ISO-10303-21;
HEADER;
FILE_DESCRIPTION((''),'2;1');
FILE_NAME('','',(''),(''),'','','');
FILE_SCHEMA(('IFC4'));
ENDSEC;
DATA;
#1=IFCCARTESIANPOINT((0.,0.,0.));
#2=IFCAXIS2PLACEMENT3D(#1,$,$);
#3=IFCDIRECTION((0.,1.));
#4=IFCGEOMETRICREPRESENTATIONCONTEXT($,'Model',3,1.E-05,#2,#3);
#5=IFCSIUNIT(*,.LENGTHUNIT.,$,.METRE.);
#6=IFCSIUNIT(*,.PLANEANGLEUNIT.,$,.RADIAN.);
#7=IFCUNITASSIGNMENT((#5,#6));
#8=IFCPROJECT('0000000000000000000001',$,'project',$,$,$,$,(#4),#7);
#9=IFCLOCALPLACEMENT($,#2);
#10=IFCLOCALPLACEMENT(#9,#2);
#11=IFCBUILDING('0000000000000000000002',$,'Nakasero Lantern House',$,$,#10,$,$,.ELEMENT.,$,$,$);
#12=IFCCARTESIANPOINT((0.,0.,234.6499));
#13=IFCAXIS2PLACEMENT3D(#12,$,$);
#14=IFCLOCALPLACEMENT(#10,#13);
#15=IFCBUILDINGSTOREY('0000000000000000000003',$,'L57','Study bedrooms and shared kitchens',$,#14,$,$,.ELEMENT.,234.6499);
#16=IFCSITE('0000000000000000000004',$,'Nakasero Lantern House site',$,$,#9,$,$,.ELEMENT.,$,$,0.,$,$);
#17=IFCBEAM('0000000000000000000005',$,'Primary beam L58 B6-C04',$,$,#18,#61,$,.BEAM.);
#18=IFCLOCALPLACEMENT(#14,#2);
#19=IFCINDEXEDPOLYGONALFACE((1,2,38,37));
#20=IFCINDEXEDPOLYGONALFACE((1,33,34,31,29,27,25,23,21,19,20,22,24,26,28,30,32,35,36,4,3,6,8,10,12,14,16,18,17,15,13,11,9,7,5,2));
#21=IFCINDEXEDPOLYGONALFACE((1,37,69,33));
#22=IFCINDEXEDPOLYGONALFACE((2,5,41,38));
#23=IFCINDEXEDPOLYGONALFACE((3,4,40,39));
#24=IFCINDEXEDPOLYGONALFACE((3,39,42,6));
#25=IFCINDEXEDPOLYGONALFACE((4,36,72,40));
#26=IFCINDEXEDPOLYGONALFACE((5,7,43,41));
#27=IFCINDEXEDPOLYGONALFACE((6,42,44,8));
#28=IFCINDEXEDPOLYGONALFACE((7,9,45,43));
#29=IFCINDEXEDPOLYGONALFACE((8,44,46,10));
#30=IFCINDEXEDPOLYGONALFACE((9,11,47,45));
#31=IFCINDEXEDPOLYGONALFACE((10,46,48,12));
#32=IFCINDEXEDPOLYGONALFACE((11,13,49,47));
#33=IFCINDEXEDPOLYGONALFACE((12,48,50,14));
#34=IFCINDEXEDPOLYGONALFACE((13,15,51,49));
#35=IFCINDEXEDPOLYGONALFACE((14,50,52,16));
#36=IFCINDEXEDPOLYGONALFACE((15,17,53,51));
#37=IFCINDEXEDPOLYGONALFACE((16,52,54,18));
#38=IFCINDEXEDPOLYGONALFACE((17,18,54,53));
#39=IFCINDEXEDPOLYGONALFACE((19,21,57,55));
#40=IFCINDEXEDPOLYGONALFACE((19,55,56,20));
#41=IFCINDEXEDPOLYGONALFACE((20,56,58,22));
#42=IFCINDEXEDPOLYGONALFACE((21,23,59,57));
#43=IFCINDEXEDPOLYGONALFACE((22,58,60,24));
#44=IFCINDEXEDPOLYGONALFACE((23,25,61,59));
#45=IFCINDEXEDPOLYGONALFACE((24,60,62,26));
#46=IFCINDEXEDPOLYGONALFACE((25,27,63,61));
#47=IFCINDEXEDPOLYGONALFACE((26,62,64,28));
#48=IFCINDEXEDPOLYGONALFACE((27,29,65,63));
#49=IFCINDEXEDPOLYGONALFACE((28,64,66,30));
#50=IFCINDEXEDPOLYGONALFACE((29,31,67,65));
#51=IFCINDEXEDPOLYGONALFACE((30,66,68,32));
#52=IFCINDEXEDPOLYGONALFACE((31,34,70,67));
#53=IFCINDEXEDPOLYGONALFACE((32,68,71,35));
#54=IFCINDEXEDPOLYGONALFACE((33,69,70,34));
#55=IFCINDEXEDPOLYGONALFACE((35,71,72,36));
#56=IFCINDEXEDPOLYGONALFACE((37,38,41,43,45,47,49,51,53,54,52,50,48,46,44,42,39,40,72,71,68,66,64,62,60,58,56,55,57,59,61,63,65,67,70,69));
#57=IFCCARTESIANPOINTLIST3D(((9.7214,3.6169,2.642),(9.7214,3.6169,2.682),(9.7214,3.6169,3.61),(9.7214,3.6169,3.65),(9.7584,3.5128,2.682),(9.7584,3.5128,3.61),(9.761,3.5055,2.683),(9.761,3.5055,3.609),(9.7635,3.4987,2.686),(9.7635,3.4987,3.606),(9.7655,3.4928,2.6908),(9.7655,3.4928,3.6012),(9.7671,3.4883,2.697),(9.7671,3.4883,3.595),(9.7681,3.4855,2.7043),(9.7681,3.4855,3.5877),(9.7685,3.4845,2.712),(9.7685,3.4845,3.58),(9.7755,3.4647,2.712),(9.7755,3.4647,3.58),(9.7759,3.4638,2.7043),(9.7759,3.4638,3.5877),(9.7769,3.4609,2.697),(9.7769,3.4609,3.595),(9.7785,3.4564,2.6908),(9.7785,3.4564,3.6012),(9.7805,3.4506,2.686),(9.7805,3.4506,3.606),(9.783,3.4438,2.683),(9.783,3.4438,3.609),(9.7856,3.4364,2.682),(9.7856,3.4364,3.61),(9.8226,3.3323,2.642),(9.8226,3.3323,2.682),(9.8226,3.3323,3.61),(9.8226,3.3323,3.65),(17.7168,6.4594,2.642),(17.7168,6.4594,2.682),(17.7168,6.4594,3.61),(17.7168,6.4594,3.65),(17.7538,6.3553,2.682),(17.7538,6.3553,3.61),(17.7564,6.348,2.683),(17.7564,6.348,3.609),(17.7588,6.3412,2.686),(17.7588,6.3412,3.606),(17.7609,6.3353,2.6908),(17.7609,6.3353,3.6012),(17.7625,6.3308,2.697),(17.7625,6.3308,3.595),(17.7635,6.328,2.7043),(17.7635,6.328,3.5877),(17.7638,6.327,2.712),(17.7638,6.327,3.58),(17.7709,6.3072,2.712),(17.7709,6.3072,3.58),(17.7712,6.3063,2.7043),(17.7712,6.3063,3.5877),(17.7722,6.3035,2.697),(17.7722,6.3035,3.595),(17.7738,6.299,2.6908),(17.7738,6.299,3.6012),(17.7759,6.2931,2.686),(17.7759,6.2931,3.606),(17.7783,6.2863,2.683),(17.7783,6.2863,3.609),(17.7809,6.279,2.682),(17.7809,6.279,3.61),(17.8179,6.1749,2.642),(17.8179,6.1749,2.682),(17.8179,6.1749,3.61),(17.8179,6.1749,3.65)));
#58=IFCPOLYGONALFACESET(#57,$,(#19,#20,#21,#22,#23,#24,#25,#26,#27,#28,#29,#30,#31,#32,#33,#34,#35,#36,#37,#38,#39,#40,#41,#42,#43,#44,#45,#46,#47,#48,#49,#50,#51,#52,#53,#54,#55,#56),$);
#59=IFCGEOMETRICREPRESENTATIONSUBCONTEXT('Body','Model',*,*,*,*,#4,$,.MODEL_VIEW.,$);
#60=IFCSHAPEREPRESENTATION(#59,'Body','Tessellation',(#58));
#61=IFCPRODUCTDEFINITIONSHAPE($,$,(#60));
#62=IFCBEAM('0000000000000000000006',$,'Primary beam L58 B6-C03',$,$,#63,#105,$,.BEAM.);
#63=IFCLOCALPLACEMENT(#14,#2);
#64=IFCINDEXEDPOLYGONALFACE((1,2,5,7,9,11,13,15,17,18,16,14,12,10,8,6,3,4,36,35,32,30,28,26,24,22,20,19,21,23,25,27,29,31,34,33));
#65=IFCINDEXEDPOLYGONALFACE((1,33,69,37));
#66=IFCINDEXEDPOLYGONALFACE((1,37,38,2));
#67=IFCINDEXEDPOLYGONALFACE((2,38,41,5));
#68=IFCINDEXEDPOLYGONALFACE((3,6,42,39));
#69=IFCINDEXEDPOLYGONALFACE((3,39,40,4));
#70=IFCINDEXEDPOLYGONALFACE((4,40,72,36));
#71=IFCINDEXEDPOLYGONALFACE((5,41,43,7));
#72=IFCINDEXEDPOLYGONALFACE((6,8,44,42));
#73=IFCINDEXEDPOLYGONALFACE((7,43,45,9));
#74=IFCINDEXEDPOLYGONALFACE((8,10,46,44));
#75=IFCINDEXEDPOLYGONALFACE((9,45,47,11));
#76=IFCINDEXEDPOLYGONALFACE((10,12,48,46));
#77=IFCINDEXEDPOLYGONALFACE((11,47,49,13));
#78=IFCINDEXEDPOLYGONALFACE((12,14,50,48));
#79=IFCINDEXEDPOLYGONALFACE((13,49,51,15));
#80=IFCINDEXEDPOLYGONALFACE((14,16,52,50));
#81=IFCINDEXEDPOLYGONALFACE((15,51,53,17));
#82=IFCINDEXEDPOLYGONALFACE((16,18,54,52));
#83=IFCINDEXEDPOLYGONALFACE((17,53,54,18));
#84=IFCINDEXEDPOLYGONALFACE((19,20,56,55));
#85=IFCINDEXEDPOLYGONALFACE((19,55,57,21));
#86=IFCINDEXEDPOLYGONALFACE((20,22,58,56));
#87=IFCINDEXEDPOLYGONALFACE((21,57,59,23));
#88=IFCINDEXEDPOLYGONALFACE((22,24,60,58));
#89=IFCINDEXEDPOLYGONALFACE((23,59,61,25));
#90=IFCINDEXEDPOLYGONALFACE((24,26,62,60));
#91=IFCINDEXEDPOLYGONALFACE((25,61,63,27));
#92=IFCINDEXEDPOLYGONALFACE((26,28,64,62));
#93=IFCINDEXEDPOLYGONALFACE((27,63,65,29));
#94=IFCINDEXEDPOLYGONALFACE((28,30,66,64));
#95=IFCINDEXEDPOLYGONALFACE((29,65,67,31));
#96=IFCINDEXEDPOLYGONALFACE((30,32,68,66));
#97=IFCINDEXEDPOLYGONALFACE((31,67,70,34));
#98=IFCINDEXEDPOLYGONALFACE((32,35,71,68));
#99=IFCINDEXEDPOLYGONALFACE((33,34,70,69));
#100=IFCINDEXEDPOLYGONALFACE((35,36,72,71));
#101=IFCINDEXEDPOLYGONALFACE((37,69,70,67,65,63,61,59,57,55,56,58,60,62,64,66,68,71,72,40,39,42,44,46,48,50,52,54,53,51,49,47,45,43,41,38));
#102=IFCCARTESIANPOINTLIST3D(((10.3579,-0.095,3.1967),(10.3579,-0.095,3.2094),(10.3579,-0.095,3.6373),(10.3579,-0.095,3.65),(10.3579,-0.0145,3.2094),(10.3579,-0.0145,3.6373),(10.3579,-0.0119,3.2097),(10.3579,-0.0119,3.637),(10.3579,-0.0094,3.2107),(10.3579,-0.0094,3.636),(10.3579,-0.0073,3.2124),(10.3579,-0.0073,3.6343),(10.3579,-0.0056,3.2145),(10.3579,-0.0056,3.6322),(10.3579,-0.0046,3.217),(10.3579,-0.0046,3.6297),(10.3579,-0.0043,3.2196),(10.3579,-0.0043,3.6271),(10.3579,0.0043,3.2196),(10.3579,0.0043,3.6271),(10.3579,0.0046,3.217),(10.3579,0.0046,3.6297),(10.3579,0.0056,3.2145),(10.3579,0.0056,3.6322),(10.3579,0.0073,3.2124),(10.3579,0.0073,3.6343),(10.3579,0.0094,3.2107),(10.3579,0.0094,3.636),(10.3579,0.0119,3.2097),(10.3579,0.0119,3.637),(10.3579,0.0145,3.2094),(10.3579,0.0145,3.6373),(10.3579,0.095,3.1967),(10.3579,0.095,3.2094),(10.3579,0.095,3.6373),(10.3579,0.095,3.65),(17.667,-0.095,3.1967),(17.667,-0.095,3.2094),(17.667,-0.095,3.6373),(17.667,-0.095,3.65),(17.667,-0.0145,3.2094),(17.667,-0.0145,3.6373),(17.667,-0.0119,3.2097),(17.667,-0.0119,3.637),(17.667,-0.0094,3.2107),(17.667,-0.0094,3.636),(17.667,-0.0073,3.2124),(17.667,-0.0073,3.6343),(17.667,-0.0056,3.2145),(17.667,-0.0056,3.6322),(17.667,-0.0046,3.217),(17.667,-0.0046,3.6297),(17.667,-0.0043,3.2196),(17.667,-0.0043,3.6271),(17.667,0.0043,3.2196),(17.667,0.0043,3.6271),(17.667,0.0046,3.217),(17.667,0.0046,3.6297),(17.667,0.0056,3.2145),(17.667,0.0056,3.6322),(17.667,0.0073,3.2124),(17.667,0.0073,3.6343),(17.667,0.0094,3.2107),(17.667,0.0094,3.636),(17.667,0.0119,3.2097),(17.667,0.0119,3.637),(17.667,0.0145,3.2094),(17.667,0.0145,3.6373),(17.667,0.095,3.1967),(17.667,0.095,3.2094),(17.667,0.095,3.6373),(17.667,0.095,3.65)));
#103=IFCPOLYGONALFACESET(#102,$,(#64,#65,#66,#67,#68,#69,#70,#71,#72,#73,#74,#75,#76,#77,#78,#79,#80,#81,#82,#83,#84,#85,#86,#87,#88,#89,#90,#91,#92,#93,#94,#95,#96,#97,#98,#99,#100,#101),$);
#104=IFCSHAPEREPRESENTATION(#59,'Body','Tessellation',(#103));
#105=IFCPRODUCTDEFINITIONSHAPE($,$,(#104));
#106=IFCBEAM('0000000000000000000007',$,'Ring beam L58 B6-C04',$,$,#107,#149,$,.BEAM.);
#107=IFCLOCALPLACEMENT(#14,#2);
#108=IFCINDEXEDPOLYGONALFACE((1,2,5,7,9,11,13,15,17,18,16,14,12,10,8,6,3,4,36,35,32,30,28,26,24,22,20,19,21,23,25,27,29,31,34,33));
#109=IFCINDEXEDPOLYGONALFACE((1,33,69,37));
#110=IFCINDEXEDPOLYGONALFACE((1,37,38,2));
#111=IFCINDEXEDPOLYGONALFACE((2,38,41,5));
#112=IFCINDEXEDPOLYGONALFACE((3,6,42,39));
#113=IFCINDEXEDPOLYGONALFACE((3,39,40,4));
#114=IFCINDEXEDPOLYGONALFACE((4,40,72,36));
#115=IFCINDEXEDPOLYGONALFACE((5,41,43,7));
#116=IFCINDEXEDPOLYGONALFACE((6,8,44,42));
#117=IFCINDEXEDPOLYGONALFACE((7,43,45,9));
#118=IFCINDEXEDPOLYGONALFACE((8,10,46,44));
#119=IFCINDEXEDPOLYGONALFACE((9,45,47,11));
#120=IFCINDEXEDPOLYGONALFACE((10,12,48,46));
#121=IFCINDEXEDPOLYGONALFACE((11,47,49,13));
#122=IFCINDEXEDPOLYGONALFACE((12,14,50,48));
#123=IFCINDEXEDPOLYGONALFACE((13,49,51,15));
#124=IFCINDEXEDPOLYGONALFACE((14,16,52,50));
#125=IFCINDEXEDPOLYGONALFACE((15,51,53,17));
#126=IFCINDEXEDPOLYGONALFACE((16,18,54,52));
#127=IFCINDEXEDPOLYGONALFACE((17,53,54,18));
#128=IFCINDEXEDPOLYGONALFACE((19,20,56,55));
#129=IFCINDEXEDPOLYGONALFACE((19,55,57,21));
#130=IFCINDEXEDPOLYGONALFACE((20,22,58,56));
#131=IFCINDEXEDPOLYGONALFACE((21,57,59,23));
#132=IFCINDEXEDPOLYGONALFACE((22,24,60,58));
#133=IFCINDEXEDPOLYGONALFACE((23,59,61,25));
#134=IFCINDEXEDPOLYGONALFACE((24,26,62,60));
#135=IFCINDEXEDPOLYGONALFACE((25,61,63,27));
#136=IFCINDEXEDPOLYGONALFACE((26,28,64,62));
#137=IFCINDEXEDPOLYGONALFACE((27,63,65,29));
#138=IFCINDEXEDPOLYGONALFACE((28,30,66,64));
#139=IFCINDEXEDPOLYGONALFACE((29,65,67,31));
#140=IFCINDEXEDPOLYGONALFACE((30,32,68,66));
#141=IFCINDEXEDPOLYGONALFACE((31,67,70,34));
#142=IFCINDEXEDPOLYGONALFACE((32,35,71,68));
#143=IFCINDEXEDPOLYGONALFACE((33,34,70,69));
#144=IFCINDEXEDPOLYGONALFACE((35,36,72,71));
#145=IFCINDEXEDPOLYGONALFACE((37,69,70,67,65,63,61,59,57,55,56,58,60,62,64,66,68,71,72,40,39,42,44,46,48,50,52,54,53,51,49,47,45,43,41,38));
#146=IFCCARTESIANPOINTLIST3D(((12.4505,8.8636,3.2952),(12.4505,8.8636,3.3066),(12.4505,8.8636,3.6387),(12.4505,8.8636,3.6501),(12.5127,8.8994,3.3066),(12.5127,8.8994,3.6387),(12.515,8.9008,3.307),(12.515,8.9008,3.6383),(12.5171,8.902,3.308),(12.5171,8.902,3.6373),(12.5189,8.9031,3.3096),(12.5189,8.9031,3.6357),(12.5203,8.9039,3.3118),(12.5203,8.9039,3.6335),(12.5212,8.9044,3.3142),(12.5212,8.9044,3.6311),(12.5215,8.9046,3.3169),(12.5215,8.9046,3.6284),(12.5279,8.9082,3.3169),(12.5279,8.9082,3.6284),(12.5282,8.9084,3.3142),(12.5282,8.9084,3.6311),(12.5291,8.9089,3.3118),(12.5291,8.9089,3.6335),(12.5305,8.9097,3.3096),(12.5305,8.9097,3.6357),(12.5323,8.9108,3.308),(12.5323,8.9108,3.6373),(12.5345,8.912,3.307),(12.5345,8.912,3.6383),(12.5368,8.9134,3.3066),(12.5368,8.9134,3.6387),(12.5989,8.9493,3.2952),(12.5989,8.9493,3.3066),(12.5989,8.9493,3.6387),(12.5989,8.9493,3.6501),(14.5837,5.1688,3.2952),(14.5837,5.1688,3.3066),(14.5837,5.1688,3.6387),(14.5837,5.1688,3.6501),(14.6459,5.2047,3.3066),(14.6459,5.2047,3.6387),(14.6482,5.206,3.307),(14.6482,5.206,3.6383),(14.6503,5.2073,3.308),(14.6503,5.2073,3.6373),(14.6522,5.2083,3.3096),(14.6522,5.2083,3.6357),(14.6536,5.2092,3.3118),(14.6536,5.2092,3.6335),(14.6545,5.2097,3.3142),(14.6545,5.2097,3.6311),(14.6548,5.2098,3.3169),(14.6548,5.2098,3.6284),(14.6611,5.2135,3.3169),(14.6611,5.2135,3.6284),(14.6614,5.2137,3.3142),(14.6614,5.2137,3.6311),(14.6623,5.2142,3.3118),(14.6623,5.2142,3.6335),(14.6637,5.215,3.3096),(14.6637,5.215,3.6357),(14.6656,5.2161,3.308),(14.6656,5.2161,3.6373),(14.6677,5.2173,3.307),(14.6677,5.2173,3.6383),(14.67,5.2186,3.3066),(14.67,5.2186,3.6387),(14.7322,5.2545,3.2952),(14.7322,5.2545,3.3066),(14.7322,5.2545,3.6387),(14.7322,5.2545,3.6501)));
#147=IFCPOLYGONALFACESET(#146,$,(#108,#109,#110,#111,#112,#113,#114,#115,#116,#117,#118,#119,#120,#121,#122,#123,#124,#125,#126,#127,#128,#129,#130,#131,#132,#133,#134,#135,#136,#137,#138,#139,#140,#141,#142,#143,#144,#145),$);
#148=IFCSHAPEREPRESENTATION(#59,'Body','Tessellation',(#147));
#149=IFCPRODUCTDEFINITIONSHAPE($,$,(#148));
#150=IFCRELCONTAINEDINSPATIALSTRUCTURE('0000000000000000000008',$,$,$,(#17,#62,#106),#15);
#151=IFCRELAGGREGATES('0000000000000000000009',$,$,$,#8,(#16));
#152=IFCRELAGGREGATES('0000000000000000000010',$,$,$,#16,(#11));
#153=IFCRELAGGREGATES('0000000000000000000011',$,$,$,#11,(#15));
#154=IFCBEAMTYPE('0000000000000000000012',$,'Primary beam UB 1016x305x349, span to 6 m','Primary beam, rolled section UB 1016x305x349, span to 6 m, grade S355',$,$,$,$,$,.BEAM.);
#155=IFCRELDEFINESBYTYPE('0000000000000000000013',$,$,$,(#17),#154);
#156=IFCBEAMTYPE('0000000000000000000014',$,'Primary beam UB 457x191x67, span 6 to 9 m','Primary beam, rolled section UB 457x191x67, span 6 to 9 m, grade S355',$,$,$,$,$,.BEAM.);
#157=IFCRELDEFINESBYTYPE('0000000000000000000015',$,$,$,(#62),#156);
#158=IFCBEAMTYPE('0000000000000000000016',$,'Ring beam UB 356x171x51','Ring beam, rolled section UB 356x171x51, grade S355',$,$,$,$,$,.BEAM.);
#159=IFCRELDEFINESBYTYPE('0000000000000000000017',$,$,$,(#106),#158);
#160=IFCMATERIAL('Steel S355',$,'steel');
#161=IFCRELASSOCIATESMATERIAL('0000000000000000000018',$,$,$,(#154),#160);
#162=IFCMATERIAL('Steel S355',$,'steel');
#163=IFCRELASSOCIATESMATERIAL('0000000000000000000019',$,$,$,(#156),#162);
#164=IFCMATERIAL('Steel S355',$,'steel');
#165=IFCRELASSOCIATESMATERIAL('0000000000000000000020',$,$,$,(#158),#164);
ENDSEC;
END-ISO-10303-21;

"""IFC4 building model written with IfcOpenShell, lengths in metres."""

from ifc_helpers import new_model, si_unit, direction, frame, origin, origin_2d, place, context, subcontext, project, spatial, i_section, extrude, material, material_profile, profile_set, type_object, element, save


model = new_model("IFC4")

# Units and contexts
model_context = context("Model", 3, precision=1e-05, world=origin(), true_north=direction((0.0, 1.0)))
body_context = subcontext(model_context, "Body", "Model", "MODEL_VIEW")
ifc_project = project(units=[si_unit("LENGTHUNIT", "METRE"), si_unit("PLANEANGLEUNIT", "RADIAN")], contexts=[model_context])

# Site, building, storey
site_placement = place(None, origin())
site = spatial("IfcSite", under=ifc_project, at=site_placement, Name="Nakasero Lantern House site", CompositionType="ELEMENT", RefElevation=0.0)
building_placement = place(site_placement, origin())
building = spatial("IfcBuilding", under=site, at=building_placement, Name="Nakasero Lantern House", CompositionType="ELEMENT")
storey_placement = place(building_placement, frame((0.0, 0.0, 234.6499)))
storey = spatial("IfcBuildingStorey", under=building, at=storey_placement, Name="L57", Description="Study bedrooms and shared kitchens", CompositionType="ELEMENT", Elevation=234.6499)

# Beams
ifc_material_1 = material(Name="Steel S355", Category="steel")
ifc_material_profile_1 = material_profile(ifc_material_1, i_section(OverallWidth=0.302, OverallDepth=1.0081, WebThickness=0.021, FlangeThickness=0.04, FilletRadius=0.03, at=origin_2d()), Name="UB 1016x305x349")
ifc_profile_set_1 = profile_set([ifc_material_profile_1], Name="Steel S355")
beam_type_1 = type_object("IfcBeamType", Name="Primary beam UB 1016x305x349, span to 6 m", Description="Primary beam, rolled section UB 1016x305x349, span to 6 m, grade S355", PredefinedType="BEAM", material=ifc_profile_set_1)
beam_1_placement = place(storey_placement, frame((17.7673, 6.3171, 3.146), z_axis=(-0.942225, -0.334982, 0.0), x_axis=(0.334982, -0.942225, 0.0)))
element("IfcBeam", 1, at=beam_1_placement, inside=storey, type_object=beam_type_1, Name="Primary beam L58 B6-C04", PredefinedType="BEAM", context=body_context, shape_type="SweptSolid", body=[
    extrude(i_section(OverallWidth=0.302, OverallDepth=1.0081, WebThickness=0.021, FlangeThickness=0.04, FilletRadius=0.03, at=origin_2d()), origin(), (0.0, 0.0, 1.0), 8.4856),
])
ifc_material_2 = material(Name="Steel S355", Category="steel")
ifc_material_profile_2 = material_profile(ifc_material_2, i_section(OverallWidth=0.1899, OverallDepth=0.4534, WebThickness=0.0085, FlangeThickness=0.0127, FilletRadius=0.0103, at=origin_2d()), Name="UB 457x191x67")
ifc_profile_set_2 = profile_set([ifc_material_profile_2], Name="Steel S355")
beam_type_2 = type_object("IfcBeamType", Name="Primary beam UB 457x191x67, span 6 to 9 m", Description="Primary beam, rolled section UB 457x191x67, span 6 to 9 m, grade S355", PredefinedType="BEAM", material=ifc_profile_set_2)
beam_2_placement = place(storey_placement, frame((17.667, 0.0, 3.4233), z_axis=(-1.0, 0.0, 0.0), x_axis=(0.0, -1.0, 0.0)))
element("IfcBeam", 2, at=beam_2_placement, inside=storey, type_object=beam_type_2, Name="Primary beam L58 B6-C03", PredefinedType="BEAM", context=body_context, shape_type="SweptSolid", body=[
    extrude(i_section(OverallWidth=0.1899, OverallDepth=0.4534, WebThickness=0.0085, FlangeThickness=0.0127, FilletRadius=0.0103, at=origin_2d()), origin(), (0.0, 0.0, 1.0), 7.3091),
])
ifc_material_3 = material(Name="Steel S355", Category="steel")
ifc_material_profile_3 = material_profile(ifc_material_3, i_section(OverallWidth=0.1714, OverallDepth=0.355, WebThickness=0.0073, FlangeThickness=0.0115, FilletRadius=0.0103, at=origin_2d()), Name="UB 356x171x51")
ifc_profile_set_3 = profile_set([ifc_material_profile_3], Name="Steel S355")
beam_type_3 = type_object("IfcBeamType", Name="Ring beam UB 356x171x51", Description="Ring beam, rolled section UB 356x171x51, grade S355", PredefinedType="BEAM", material=ifc_profile_set_3)
beam_3_placement = place(storey_placement, frame((14.658, 5.2117, 3.4727), z_axis=(-0.500016, 0.866016, 0.0), x_axis=(-0.866016, -0.500016, 0.0)))
element("IfcBeam", 3, at=beam_3_placement, inside=storey, type_object=beam_type_3, Name="Ring beam L58 B6-C04", PredefinedType="BEAM", context=body_context, shape_type="SweptSolid", body=[
    extrude(i_section(OverallWidth=0.1714, OverallDepth=0.355, WebThickness=0.0073, FlangeThickness=0.0115, FilletRadius=0.0103, at=origin_2d()), origin(), (0.0, 0.0, 1.0), 4.2664),
])

save(model, "model.ifc")
